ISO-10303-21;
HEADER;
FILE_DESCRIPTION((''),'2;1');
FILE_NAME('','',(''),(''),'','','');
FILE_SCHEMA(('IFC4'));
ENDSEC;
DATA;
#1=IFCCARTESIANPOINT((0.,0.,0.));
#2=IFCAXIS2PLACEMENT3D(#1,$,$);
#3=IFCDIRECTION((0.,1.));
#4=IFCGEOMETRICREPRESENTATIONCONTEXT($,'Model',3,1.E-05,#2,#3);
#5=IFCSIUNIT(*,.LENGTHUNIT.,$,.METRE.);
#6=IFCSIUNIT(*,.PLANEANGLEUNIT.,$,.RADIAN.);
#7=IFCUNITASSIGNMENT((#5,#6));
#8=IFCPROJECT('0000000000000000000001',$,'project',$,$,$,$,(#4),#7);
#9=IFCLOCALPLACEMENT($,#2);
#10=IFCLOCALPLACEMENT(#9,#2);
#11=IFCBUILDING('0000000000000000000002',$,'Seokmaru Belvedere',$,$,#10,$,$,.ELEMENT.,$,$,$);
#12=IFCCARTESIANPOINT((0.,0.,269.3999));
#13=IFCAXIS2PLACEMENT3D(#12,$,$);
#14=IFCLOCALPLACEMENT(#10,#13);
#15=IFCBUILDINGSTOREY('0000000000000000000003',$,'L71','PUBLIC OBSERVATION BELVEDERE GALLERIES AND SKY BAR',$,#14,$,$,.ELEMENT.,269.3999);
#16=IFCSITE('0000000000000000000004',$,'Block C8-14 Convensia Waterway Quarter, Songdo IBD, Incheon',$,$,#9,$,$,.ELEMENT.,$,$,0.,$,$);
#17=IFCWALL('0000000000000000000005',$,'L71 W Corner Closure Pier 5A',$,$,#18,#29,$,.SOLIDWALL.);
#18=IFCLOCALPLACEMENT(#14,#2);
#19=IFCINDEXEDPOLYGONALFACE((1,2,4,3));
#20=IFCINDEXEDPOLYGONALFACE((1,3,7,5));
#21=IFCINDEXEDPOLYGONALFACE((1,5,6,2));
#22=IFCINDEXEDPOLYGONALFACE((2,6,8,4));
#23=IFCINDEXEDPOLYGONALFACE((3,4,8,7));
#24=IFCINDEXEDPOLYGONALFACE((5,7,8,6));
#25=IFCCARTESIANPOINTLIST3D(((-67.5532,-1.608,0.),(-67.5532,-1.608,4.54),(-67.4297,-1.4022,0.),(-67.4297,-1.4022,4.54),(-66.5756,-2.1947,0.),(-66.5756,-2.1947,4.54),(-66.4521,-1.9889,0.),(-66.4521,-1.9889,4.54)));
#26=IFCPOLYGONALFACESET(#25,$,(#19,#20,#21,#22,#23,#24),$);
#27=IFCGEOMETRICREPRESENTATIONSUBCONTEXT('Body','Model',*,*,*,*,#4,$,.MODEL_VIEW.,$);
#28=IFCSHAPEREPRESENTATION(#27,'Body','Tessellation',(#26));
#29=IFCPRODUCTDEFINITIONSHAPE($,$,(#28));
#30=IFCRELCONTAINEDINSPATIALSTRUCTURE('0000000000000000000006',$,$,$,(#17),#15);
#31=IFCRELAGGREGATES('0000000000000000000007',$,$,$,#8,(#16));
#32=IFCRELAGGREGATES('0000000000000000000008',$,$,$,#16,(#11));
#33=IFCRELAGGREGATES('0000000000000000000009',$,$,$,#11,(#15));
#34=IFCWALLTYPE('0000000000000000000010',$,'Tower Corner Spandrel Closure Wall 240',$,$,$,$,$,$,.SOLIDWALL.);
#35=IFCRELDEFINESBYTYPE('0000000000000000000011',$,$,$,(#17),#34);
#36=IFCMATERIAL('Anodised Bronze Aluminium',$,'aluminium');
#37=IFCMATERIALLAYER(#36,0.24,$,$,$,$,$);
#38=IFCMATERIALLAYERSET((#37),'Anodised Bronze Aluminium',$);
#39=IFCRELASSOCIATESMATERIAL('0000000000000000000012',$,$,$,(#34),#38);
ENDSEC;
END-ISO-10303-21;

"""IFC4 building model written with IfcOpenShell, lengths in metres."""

from ifc_helpers import new_model, si_unit, direction, frame, frame_2d, origin, place, context, subcontext, project, spatial, rectangle, extrude, material, layer, layer_set, type_object, element, save


model = new_model("IFC4")

# Units and contexts
model_context = context("Model", 3, precision=1e-05, world=origin(), true_north=direction((0.0, 1.0)))
body_context = subcontext(model_context, "Body", "Model", "MODEL_VIEW")
ifc_project = project(units=[si_unit("LENGTHUNIT", "METRE"), si_unit("PLANEANGLEUNIT", "RADIAN")], contexts=[model_context])

# Site, building, storey
site_placement = place(None, origin())
site = spatial("IfcSite", under=ifc_project, at=site_placement, Name="Block C8-14 Convensia Waterway Quarter, Songdo IBD, Incheon", CompositionType="ELEMENT", RefElevation=0.0)
building_placement = place(site_placement, origin())
building = spatial("IfcBuilding", under=site, at=building_placement, Name="Seokmaru Belvedere", CompositionType="ELEMENT")
storey_placement = place(building_placement, frame((0.0, 0.0, 269.3999)))
storey = spatial("IfcBuildingStorey", under=building, at=storey_placement, Name="L71", Description="PUBLIC OBSERVATION BELVEDERE GALLERIES AND SKY BAR", CompositionType="ELEMENT", Elevation=269.3999)

# Shared definitions
ifc_material_1 = material(Name="Anodised Bronze Aluminium", Category="aluminium")

# Wall
ifc_layer_1 = layer(ifc_material_1, 0.24)
ifc_layer_set_1 = layer_set([ifc_layer_1], Name="Anodised Bronze Aluminium")
wall_type_1 = type_object("IfcWallType", Name="Tower Corner Spandrel Closure Wall 240", PredefinedType="SOLIDWALL", material=ifc_layer_set_1)
wall_1_placement = place(storey_placement, frame((-67.4915, -1.5051, 0.0), z_axis=(0.0, 0.0, 1.0), x_axis=(0.857436, -0.51459, 0.0)))
element("IfcWall", 1, at=wall_1_placement, inside=storey, type_object=wall_type_1, Name="L71 W Corner Closure Pier 5A", PredefinedType="SOLIDWALL", context=body_context, shape_type="SweptSolid", body=[
    extrude(rectangle(XDim=1.1401, YDim=0.24, at=frame_2d((0.5701, 0.0))), origin(), (0.0, 0.0, 1.0), 4.54),
])

save(model, "model.ifc")
